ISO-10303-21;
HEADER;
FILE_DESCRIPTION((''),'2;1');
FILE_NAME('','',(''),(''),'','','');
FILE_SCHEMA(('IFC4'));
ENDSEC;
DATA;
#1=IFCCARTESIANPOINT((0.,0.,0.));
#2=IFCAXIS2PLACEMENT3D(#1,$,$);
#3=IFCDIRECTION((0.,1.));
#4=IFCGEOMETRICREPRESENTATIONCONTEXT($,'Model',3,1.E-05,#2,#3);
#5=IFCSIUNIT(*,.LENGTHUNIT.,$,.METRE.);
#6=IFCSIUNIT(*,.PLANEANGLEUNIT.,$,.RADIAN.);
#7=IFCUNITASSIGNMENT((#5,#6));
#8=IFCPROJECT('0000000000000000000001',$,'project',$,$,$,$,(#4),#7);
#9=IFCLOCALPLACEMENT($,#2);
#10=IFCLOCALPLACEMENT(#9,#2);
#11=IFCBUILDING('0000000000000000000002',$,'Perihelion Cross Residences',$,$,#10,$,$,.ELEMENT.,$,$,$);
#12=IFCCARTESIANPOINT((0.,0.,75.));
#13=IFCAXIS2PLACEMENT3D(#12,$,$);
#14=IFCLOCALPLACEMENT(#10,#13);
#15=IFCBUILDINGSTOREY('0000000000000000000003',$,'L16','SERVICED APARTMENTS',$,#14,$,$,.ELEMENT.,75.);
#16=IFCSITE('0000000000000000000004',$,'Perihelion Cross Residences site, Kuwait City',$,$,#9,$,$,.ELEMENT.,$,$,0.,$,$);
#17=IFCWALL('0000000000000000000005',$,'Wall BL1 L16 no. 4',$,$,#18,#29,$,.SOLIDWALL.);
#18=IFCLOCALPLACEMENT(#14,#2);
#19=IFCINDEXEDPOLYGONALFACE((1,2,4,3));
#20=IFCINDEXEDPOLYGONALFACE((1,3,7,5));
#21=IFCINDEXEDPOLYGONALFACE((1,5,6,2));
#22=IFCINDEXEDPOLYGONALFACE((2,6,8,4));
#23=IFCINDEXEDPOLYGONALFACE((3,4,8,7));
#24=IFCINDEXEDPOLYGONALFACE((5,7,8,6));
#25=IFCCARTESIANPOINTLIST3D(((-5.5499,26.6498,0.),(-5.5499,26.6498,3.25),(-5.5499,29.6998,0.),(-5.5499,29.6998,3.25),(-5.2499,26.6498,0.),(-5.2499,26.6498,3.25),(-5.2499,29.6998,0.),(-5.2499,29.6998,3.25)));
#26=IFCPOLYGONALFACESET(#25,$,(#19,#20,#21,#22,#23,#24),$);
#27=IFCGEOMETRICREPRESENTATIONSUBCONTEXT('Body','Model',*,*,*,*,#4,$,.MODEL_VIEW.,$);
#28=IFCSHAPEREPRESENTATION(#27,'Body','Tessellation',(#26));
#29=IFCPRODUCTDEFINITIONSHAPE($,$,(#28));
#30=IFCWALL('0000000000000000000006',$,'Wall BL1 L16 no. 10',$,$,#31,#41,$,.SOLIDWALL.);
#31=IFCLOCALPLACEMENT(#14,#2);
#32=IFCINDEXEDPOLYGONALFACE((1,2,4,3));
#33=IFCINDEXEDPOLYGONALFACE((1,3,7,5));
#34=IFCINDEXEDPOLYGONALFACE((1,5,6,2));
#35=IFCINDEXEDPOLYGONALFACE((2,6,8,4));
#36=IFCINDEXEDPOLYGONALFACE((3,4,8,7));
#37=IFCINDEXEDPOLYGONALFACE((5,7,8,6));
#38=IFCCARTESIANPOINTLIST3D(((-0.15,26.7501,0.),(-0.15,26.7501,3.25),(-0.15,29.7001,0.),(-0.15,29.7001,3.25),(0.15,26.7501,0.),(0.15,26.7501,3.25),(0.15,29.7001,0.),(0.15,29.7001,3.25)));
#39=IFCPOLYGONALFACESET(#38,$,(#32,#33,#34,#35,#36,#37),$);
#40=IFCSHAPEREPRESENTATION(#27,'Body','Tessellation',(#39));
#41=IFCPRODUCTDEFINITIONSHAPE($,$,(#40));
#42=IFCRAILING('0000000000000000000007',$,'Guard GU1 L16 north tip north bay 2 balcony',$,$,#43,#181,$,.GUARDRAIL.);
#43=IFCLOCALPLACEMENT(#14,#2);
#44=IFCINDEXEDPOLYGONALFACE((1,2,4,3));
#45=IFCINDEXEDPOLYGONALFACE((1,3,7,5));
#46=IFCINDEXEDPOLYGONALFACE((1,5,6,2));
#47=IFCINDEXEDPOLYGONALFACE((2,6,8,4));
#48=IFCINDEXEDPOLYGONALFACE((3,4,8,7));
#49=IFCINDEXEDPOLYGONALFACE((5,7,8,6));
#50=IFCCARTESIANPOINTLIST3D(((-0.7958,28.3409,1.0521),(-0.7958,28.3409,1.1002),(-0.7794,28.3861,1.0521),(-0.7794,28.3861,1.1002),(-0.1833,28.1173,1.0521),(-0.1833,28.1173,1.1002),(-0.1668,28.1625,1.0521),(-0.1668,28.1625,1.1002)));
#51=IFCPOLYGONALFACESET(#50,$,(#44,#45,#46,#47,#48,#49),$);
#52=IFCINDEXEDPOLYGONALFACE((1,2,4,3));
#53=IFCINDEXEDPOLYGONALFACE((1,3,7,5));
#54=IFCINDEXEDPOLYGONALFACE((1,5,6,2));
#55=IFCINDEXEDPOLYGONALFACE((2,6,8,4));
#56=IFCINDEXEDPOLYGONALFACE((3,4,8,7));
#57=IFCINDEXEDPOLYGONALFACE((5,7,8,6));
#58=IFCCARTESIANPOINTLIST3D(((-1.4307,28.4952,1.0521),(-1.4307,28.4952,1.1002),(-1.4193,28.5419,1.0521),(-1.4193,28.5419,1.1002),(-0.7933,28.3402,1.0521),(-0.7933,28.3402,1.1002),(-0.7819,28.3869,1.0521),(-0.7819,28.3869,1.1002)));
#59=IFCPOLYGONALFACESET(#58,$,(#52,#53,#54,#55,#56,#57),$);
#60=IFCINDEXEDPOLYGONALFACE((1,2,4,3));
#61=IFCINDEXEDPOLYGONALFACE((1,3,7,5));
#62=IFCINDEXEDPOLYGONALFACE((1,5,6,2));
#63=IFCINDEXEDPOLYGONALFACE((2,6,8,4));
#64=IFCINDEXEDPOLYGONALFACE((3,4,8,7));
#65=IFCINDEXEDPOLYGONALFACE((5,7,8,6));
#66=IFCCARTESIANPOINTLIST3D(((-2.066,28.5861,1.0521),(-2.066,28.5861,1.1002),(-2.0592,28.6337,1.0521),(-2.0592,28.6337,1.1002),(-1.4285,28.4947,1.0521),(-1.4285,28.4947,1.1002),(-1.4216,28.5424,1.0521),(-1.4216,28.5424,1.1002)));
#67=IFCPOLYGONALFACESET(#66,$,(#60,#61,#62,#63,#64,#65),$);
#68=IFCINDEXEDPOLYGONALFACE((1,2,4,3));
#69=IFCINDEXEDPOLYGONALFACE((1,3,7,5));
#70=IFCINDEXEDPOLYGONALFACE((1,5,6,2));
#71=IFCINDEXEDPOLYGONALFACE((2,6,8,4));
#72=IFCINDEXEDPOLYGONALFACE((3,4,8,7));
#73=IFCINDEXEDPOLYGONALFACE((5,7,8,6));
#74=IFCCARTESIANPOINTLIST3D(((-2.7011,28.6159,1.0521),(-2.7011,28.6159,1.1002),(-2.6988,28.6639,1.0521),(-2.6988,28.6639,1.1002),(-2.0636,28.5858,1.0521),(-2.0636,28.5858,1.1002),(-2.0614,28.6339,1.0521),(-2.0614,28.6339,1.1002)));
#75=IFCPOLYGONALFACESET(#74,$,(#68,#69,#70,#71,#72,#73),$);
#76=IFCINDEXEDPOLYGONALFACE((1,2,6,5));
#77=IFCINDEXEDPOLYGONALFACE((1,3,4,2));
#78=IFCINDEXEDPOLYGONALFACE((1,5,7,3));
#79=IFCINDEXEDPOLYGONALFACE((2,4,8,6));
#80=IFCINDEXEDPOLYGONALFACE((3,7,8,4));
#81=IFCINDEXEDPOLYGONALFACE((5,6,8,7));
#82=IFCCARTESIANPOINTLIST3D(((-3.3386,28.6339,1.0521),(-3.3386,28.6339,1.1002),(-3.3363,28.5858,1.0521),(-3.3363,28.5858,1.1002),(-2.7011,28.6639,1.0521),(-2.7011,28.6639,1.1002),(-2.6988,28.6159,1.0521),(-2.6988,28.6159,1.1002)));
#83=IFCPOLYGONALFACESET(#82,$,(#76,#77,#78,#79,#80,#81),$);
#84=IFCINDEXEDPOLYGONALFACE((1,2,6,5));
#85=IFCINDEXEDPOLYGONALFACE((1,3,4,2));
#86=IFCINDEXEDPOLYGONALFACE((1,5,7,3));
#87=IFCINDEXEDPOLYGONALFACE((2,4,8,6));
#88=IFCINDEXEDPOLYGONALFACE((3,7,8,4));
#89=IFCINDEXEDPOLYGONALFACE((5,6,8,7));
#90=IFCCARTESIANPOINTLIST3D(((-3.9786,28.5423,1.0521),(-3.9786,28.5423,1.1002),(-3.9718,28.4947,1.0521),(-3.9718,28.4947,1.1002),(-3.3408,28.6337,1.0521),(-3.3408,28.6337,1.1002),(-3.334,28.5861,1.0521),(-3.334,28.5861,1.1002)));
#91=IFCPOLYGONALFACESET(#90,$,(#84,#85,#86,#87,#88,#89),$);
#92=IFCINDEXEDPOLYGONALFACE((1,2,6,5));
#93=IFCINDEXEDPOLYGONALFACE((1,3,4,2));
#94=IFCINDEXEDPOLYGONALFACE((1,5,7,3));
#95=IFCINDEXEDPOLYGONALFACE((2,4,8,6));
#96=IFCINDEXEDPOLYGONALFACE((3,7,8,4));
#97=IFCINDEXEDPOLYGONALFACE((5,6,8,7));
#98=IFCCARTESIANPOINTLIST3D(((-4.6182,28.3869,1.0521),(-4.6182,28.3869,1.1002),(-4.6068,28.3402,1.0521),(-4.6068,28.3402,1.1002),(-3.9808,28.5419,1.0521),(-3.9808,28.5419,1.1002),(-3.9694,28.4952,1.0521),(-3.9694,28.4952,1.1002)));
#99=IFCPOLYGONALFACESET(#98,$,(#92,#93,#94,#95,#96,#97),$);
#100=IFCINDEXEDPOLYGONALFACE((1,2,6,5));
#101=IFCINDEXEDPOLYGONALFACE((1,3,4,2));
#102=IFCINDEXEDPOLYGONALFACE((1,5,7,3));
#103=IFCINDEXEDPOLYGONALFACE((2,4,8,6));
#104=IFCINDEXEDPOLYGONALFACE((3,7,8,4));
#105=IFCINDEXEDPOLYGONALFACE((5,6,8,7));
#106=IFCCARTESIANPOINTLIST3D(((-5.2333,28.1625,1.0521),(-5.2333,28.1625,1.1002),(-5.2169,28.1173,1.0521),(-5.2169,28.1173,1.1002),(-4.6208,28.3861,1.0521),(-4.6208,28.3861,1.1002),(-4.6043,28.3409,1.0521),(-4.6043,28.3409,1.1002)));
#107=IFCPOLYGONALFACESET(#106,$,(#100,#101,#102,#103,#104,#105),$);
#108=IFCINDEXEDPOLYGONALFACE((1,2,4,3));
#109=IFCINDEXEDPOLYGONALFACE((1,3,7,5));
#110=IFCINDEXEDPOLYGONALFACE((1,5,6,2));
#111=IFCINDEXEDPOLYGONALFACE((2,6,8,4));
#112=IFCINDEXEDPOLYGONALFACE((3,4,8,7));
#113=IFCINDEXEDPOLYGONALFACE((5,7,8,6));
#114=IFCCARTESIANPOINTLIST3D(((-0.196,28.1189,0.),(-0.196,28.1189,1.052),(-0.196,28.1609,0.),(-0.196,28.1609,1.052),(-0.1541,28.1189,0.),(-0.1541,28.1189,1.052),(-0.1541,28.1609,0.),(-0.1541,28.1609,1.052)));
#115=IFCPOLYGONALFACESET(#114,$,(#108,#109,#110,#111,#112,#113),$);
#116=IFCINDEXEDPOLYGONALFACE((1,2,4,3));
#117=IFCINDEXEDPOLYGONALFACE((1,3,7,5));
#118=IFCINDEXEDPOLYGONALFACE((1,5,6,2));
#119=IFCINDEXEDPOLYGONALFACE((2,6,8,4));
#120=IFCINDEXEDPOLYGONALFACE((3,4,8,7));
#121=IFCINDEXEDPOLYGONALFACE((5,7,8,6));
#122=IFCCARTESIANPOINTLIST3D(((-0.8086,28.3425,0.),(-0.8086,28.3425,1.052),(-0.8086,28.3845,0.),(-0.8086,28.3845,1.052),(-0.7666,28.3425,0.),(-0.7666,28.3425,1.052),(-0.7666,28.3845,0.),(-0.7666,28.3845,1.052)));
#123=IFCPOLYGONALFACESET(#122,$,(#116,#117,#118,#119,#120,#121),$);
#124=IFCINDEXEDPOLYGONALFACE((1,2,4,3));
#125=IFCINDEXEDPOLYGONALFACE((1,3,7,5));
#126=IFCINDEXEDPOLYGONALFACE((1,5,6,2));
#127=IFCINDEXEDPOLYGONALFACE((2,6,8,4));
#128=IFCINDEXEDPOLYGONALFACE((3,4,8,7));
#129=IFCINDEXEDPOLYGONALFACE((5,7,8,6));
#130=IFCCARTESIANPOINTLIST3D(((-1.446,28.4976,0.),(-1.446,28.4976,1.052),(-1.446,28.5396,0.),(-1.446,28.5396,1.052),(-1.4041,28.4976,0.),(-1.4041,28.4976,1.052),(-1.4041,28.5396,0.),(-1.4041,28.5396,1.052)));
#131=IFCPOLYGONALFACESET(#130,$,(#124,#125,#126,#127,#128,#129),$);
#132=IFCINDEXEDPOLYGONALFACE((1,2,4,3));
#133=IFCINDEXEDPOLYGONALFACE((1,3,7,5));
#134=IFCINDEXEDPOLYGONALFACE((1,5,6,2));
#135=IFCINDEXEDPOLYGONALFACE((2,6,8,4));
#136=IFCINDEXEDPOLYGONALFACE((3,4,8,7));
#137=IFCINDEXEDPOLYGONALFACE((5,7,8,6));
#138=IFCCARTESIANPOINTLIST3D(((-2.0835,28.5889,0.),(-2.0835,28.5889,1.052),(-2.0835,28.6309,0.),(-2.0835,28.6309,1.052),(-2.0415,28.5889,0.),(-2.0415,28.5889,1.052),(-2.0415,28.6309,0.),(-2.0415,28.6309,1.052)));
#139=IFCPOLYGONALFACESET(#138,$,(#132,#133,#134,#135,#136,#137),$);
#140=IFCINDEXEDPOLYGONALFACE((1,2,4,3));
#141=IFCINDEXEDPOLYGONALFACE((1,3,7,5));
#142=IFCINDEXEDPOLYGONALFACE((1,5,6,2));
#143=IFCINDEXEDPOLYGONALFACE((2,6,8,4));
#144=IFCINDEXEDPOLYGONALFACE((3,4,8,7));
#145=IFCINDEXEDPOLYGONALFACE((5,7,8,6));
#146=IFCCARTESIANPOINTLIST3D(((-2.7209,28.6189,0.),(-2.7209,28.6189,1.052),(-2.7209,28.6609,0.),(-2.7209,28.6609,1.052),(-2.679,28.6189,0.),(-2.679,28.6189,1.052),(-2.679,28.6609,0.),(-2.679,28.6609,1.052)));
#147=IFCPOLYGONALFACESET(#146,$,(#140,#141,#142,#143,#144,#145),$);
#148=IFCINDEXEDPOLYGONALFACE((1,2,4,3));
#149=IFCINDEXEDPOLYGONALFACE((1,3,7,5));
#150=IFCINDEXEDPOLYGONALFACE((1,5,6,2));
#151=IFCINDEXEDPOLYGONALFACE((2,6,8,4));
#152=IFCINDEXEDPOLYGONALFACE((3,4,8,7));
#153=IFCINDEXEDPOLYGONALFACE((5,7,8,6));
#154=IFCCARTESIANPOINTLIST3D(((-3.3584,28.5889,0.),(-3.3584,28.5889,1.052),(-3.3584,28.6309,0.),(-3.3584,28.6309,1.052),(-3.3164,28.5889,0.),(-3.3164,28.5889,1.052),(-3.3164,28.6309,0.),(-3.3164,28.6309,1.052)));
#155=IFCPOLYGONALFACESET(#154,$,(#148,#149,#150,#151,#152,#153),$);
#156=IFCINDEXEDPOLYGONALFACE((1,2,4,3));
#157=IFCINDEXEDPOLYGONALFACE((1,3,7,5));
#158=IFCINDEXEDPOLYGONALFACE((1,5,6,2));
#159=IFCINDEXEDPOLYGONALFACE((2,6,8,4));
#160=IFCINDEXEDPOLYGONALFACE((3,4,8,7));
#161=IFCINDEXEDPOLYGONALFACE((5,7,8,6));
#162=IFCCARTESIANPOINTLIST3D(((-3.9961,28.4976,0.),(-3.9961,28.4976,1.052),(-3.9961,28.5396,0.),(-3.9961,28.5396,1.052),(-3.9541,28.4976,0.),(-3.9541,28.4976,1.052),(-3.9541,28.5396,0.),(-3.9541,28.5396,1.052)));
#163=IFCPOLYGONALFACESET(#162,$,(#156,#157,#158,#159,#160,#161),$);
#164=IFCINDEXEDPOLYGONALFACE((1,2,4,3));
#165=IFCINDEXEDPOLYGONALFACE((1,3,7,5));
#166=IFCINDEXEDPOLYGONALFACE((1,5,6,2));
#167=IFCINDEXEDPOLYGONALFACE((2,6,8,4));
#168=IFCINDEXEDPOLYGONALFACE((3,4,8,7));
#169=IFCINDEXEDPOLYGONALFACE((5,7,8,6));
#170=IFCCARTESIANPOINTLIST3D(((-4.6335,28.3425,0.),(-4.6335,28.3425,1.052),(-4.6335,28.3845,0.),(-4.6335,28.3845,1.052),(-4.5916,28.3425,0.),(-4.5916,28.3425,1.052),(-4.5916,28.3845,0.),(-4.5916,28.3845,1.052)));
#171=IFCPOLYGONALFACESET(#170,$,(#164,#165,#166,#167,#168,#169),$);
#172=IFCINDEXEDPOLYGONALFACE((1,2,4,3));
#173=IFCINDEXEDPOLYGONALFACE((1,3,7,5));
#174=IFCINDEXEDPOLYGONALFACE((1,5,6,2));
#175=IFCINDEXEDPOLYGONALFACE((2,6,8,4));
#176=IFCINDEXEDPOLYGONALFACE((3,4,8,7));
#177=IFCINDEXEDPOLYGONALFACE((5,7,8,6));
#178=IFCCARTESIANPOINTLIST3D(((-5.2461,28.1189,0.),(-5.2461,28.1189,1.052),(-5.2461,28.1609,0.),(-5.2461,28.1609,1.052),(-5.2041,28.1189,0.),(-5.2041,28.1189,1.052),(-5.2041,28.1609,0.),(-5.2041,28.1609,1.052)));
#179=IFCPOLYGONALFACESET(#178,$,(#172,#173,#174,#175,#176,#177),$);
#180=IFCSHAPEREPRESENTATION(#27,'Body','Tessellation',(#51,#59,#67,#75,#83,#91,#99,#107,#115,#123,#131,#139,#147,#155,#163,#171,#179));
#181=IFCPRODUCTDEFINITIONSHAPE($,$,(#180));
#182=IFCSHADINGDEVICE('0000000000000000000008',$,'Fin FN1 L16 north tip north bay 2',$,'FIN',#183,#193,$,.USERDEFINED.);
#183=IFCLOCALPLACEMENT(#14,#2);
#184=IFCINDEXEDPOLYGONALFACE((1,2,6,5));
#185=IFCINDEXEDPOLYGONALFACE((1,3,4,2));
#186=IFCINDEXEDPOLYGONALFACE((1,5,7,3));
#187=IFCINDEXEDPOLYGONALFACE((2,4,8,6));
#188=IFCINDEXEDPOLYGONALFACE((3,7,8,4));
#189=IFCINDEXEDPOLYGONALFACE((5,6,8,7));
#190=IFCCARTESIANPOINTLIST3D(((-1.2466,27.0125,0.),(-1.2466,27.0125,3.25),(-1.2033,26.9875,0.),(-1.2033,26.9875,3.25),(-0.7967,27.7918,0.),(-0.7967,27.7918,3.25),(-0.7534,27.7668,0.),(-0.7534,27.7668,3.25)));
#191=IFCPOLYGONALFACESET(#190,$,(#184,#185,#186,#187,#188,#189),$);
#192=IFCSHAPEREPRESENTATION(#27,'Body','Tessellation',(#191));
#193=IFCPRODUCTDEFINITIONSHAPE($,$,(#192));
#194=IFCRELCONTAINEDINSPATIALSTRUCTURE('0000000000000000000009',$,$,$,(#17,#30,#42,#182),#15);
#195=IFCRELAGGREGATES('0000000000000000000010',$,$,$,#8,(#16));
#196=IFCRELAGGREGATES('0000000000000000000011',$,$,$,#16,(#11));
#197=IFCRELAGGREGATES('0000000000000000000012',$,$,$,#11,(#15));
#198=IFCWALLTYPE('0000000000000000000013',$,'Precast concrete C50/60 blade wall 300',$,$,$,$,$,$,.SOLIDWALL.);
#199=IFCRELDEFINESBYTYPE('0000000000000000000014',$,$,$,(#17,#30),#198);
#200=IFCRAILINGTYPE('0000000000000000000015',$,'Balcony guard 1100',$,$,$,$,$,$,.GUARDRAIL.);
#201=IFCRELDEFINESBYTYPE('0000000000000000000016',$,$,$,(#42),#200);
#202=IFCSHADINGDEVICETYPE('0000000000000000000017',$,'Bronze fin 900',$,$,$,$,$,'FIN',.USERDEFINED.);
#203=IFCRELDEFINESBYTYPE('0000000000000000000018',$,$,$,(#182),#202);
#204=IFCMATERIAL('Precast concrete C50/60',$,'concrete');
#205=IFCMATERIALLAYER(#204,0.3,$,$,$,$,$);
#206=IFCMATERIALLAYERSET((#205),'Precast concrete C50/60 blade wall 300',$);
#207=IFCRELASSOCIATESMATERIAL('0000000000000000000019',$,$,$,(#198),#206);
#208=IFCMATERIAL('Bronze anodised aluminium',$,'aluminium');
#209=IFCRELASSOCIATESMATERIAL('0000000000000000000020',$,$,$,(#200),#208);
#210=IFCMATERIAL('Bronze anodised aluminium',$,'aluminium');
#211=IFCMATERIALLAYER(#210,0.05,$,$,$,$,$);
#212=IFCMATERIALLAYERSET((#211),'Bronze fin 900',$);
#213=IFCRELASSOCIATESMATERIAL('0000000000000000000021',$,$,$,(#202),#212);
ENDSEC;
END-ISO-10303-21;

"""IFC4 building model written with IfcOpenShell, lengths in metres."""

from ifc_helpers import new_model, si_unit, direction, frame, frame_2d, origin, origin_2d, place, context, subcontext, project, spatial, rectangle, extrude, material, layer, layer_set, type_object, element, save


model = new_model("IFC4")

# Units and contexts
model_context = context("Model", 3, precision=1e-05, world=origin(), true_north=direction((0.0, 1.0)))
body_context = subcontext(model_context, "Body", "Model", "MODEL_VIEW")
ifc_project = project(units=[si_unit("LENGTHUNIT", "METRE"), si_unit("PLANEANGLEUNIT", "RADIAN")], contexts=[model_context])

# Site, building, storey
site_placement = place(None, origin())
site = spatial("IfcSite", under=ifc_project, at=site_placement, Name="Perihelion Cross Residences site, Kuwait City", CompositionType="ELEMENT", RefElevation=0.0)
building_placement = place(site_placement, origin())
building = spatial("IfcBuilding", under=site, at=building_placement, Name="Perihelion Cross Residences", CompositionType="ELEMENT")
storey_placement = place(building_placement, frame((0.0, 0.0, 75.0)))
storey = spatial("IfcBuildingStorey", under=building, at=storey_placement, Name="L16", Description="SERVICED APARTMENTS", CompositionType="ELEMENT", Elevation=75.0)

# Walls
ifc_material_1 = material(Name="Precast concrete C50/60", Category="concrete")
ifc_layer_1 = layer(ifc_material_1, 0.3)
ifc_layer_set_1 = layer_set([ifc_layer_1], Name="Precast concrete C50/60 blade wall 300")
wall_type_1 = type_object("IfcWallType", Name="Precast concrete C50/60 blade wall 300", PredefinedType="SOLIDWALL", material=ifc_layer_set_1)
wall_1_placement = place(storey_placement, frame((-5.3999, 26.6499, 0.0), z_axis=(0.0, 0.0, 1.0), x_axis=(0.0, 1.0, 0.0)))
element("IfcWall", 1, at=wall_1_placement, inside=storey, type_object=wall_type_1, Name="Wall BL1 L16 no. 4", PredefinedType="SOLIDWALL", context=body_context, shape_type="SweptSolid", body=[
    extrude(rectangle(XDim=3.05, YDim=0.3, at=frame_2d((1.5249, 0.0))), origin(), (0.0, 0.0, 1.0), 3.25),
])
wall_2_placement = place(storey_placement, frame((0.0, 26.75, 0.0), z_axis=(0.0, 0.0, 1.0), x_axis=(0.0, 1.0, 0.0)))
element("IfcWall", 2, at=wall_2_placement, inside=storey, type_object=wall_type_1, Name="Wall BL1 L16 no. 10", PredefinedType="SOLIDWALL", context=body_context, shape_type="SweptSolid", body=[
    extrude(rectangle(XDim=2.95, YDim=0.3, at=frame_2d((1.4751, 0.0))), origin(), (0.0, 0.0, 1.0), 3.25),
])

# Railing
ifc_material_2 = material(Name="Bronze anodised aluminium", Category="aluminium")
railing_type = type_object("IfcRailingType", Name="Balcony guard 1100", PredefinedType="GUARDRAIL", material=ifc_material_2)
railing_placement = place(storey_placement, frame((-0.175, 28.1399, 0.0)))
element("IfcRailing", 3, at=railing_placement, inside=storey, type_object=railing_type, Name="Guard GU1 L16 north tip north bay 2 balcony", PredefinedType="GUARDRAIL", context=body_context, shape_type="SweptSolid", body=[
    extrude(rectangle(XDim=0.0481, YDim=0.0481, at=origin_2d()), frame((0.0, 0.0, 1.0762), z_axis=(-0.939355, 0.342945, 0.0), x_axis=(-0.342945, -0.939355, 0.0)), (0.0, 0.0, 1.0), 0.6521),
    extrude(rectangle(XDim=0.0481, YDim=0.0481, at=origin_2d()), frame((-0.6125, 0.2236, 1.0762), z_axis=(-0.971677, 0.236314, 0.0), x_axis=(-0.236314, -0.971677, 0.0)), (0.0, 0.0, 1.0), 0.656),
    extrude(rectangle(XDim=0.0481, YDim=0.0481, at=origin_2d()), frame((-1.25, 0.3787, 1.0762), z_axis=(-0.989896, 0.141793, 0.0), x_axis=(-0.141793, -0.989896, 0.0)), (0.0, 0.0, 1.0), 0.644),
    extrude(rectangle(XDim=0.0481, YDim=0.0481, at=origin_2d()), frame((-1.8875, 0.47, 1.0762), z_axis=(-0.998892, 0.047056, 0.0), x_axis=(-0.047056, -0.998892, 0.0)), (0.0, 0.0, 1.0), 0.6382),
    extrude(rectangle(XDim=0.0481, YDim=0.0481, at=origin_2d()), frame((-2.5249, 0.5, 1.0762), z_axis=(-0.998892, -0.047056, 0.0), x_axis=(0.047056, -0.998892, 0.0)), (0.0, 0.0, 1.0), 0.6382),
    extrude(rectangle(XDim=0.0481, YDim=0.0481, at=origin_2d()), frame((-3.1624, 0.47, 1.0762), z_axis=(-0.989904, -0.14174, 0.0), x_axis=(0.14174, -0.989904, 0.0)), (0.0, 0.0, 1.0), 0.6443),
    extrude(rectangle(XDim=0.0481, YDim=0.0481, at=origin_2d()), frame((-3.8, 0.3787, 1.0762), z_axis=(-0.971677, -0.236314, 0.0), x_axis=(0.236314, -0.971677, 0.0)), (0.0, 0.0, 1.0), 0.656),
    extrude(rectangle(XDim=0.0481, YDim=0.0481, at=origin_2d()), frame((-4.4375, 0.2236, 1.0762), z_axis=(-0.939355, -0.342945, 0.0), x_axis=(0.342945, -0.939355, 0.0)), (0.0, 0.0, 1.0), 0.6521),
    extrude(rectangle(XDim=0.042, YDim=0.042, at=origin_2d()), origin(), (0.0, 0.0, 1.0), 1.052),
    extrude(rectangle(XDim=0.042, YDim=0.042, at=origin_2d()), frame((-0.6125, 0.2236, 0.0)), (0.0, 0.0, 1.0), 1.052),
    extrude(rectangle(XDim=0.042, YDim=0.042, at=origin_2d()), frame((-1.25, 0.3787, 0.0)), (0.0, 0.0, 1.0), 1.052),
    extrude(rectangle(XDim=0.042, YDim=0.042, at=origin_2d()), frame((-1.8875, 0.47, 0.0)), (0.0, 0.0, 1.0), 1.052),
    extrude(rectangle(XDim=0.042, YDim=0.042, at=origin_2d()), frame((-2.5249, 0.5, 0.0)), (0.0, 0.0, 1.0), 1.052),
    extrude(rectangle(XDim=0.042, YDim=0.042, at=origin_2d()), frame((-3.1624, 0.47, 0.0)), (0.0, 0.0, 1.0), 1.052),
    extrude(rectangle(XDim=0.042, YDim=0.042, at=origin_2d()), frame((-3.8, 0.3787, 0.0)), (0.0, 0.0, 1.0), 1.052),
    extrude(rectangle(XDim=0.042, YDim=0.042, at=origin_2d()), frame((-4.4375, 0.2236, 0.0)), (0.0, 0.0, 1.0), 1.052),
    extrude(rectangle(XDim=0.042, YDim=0.042, at=origin_2d()), frame((-5.05, 0.0, 0.0)), (0.0, 0.0, 1.0), 1.052),
])

# Shading device
ifc_material_3 = material(Name="Bronze anodised aluminium", Category="aluminium")
ifc_layer_2 = layer(ifc_material_3, 0.05)
ifc_layer_set_2 = layer_set([ifc_layer_2], Name="Bronze fin 900")
shading_device_type = type_object("IfcShadingDeviceType", Name="Bronze fin 900", ElementType="FIN", PredefinedType="USERDEFINED", material=ifc_layer_set_2)
shading_device_placement = place(storey_placement, frame((-1.0, 27.3896, 0.0), z_axis=(0.0, 0.0, 1.0), x_axis=(0.5, 0.866025, 0.0)))
element("IfcShadingDevice", 4, at=shading_device_placement, inside=storey, type_object=shading_device_type, Name="Fin FN1 L16 north tip north bay 2", ObjectType="FIN", PredefinedType="USERDEFINED", context=body_context, shape_type="SweptSolid", body=[
    extrude(rectangle(XDim=0.8999, YDim=0.05, at=origin_2d()), origin(), (0.0, 0.0, 1.0), 3.25),
])

save(model, "model.ifc")
